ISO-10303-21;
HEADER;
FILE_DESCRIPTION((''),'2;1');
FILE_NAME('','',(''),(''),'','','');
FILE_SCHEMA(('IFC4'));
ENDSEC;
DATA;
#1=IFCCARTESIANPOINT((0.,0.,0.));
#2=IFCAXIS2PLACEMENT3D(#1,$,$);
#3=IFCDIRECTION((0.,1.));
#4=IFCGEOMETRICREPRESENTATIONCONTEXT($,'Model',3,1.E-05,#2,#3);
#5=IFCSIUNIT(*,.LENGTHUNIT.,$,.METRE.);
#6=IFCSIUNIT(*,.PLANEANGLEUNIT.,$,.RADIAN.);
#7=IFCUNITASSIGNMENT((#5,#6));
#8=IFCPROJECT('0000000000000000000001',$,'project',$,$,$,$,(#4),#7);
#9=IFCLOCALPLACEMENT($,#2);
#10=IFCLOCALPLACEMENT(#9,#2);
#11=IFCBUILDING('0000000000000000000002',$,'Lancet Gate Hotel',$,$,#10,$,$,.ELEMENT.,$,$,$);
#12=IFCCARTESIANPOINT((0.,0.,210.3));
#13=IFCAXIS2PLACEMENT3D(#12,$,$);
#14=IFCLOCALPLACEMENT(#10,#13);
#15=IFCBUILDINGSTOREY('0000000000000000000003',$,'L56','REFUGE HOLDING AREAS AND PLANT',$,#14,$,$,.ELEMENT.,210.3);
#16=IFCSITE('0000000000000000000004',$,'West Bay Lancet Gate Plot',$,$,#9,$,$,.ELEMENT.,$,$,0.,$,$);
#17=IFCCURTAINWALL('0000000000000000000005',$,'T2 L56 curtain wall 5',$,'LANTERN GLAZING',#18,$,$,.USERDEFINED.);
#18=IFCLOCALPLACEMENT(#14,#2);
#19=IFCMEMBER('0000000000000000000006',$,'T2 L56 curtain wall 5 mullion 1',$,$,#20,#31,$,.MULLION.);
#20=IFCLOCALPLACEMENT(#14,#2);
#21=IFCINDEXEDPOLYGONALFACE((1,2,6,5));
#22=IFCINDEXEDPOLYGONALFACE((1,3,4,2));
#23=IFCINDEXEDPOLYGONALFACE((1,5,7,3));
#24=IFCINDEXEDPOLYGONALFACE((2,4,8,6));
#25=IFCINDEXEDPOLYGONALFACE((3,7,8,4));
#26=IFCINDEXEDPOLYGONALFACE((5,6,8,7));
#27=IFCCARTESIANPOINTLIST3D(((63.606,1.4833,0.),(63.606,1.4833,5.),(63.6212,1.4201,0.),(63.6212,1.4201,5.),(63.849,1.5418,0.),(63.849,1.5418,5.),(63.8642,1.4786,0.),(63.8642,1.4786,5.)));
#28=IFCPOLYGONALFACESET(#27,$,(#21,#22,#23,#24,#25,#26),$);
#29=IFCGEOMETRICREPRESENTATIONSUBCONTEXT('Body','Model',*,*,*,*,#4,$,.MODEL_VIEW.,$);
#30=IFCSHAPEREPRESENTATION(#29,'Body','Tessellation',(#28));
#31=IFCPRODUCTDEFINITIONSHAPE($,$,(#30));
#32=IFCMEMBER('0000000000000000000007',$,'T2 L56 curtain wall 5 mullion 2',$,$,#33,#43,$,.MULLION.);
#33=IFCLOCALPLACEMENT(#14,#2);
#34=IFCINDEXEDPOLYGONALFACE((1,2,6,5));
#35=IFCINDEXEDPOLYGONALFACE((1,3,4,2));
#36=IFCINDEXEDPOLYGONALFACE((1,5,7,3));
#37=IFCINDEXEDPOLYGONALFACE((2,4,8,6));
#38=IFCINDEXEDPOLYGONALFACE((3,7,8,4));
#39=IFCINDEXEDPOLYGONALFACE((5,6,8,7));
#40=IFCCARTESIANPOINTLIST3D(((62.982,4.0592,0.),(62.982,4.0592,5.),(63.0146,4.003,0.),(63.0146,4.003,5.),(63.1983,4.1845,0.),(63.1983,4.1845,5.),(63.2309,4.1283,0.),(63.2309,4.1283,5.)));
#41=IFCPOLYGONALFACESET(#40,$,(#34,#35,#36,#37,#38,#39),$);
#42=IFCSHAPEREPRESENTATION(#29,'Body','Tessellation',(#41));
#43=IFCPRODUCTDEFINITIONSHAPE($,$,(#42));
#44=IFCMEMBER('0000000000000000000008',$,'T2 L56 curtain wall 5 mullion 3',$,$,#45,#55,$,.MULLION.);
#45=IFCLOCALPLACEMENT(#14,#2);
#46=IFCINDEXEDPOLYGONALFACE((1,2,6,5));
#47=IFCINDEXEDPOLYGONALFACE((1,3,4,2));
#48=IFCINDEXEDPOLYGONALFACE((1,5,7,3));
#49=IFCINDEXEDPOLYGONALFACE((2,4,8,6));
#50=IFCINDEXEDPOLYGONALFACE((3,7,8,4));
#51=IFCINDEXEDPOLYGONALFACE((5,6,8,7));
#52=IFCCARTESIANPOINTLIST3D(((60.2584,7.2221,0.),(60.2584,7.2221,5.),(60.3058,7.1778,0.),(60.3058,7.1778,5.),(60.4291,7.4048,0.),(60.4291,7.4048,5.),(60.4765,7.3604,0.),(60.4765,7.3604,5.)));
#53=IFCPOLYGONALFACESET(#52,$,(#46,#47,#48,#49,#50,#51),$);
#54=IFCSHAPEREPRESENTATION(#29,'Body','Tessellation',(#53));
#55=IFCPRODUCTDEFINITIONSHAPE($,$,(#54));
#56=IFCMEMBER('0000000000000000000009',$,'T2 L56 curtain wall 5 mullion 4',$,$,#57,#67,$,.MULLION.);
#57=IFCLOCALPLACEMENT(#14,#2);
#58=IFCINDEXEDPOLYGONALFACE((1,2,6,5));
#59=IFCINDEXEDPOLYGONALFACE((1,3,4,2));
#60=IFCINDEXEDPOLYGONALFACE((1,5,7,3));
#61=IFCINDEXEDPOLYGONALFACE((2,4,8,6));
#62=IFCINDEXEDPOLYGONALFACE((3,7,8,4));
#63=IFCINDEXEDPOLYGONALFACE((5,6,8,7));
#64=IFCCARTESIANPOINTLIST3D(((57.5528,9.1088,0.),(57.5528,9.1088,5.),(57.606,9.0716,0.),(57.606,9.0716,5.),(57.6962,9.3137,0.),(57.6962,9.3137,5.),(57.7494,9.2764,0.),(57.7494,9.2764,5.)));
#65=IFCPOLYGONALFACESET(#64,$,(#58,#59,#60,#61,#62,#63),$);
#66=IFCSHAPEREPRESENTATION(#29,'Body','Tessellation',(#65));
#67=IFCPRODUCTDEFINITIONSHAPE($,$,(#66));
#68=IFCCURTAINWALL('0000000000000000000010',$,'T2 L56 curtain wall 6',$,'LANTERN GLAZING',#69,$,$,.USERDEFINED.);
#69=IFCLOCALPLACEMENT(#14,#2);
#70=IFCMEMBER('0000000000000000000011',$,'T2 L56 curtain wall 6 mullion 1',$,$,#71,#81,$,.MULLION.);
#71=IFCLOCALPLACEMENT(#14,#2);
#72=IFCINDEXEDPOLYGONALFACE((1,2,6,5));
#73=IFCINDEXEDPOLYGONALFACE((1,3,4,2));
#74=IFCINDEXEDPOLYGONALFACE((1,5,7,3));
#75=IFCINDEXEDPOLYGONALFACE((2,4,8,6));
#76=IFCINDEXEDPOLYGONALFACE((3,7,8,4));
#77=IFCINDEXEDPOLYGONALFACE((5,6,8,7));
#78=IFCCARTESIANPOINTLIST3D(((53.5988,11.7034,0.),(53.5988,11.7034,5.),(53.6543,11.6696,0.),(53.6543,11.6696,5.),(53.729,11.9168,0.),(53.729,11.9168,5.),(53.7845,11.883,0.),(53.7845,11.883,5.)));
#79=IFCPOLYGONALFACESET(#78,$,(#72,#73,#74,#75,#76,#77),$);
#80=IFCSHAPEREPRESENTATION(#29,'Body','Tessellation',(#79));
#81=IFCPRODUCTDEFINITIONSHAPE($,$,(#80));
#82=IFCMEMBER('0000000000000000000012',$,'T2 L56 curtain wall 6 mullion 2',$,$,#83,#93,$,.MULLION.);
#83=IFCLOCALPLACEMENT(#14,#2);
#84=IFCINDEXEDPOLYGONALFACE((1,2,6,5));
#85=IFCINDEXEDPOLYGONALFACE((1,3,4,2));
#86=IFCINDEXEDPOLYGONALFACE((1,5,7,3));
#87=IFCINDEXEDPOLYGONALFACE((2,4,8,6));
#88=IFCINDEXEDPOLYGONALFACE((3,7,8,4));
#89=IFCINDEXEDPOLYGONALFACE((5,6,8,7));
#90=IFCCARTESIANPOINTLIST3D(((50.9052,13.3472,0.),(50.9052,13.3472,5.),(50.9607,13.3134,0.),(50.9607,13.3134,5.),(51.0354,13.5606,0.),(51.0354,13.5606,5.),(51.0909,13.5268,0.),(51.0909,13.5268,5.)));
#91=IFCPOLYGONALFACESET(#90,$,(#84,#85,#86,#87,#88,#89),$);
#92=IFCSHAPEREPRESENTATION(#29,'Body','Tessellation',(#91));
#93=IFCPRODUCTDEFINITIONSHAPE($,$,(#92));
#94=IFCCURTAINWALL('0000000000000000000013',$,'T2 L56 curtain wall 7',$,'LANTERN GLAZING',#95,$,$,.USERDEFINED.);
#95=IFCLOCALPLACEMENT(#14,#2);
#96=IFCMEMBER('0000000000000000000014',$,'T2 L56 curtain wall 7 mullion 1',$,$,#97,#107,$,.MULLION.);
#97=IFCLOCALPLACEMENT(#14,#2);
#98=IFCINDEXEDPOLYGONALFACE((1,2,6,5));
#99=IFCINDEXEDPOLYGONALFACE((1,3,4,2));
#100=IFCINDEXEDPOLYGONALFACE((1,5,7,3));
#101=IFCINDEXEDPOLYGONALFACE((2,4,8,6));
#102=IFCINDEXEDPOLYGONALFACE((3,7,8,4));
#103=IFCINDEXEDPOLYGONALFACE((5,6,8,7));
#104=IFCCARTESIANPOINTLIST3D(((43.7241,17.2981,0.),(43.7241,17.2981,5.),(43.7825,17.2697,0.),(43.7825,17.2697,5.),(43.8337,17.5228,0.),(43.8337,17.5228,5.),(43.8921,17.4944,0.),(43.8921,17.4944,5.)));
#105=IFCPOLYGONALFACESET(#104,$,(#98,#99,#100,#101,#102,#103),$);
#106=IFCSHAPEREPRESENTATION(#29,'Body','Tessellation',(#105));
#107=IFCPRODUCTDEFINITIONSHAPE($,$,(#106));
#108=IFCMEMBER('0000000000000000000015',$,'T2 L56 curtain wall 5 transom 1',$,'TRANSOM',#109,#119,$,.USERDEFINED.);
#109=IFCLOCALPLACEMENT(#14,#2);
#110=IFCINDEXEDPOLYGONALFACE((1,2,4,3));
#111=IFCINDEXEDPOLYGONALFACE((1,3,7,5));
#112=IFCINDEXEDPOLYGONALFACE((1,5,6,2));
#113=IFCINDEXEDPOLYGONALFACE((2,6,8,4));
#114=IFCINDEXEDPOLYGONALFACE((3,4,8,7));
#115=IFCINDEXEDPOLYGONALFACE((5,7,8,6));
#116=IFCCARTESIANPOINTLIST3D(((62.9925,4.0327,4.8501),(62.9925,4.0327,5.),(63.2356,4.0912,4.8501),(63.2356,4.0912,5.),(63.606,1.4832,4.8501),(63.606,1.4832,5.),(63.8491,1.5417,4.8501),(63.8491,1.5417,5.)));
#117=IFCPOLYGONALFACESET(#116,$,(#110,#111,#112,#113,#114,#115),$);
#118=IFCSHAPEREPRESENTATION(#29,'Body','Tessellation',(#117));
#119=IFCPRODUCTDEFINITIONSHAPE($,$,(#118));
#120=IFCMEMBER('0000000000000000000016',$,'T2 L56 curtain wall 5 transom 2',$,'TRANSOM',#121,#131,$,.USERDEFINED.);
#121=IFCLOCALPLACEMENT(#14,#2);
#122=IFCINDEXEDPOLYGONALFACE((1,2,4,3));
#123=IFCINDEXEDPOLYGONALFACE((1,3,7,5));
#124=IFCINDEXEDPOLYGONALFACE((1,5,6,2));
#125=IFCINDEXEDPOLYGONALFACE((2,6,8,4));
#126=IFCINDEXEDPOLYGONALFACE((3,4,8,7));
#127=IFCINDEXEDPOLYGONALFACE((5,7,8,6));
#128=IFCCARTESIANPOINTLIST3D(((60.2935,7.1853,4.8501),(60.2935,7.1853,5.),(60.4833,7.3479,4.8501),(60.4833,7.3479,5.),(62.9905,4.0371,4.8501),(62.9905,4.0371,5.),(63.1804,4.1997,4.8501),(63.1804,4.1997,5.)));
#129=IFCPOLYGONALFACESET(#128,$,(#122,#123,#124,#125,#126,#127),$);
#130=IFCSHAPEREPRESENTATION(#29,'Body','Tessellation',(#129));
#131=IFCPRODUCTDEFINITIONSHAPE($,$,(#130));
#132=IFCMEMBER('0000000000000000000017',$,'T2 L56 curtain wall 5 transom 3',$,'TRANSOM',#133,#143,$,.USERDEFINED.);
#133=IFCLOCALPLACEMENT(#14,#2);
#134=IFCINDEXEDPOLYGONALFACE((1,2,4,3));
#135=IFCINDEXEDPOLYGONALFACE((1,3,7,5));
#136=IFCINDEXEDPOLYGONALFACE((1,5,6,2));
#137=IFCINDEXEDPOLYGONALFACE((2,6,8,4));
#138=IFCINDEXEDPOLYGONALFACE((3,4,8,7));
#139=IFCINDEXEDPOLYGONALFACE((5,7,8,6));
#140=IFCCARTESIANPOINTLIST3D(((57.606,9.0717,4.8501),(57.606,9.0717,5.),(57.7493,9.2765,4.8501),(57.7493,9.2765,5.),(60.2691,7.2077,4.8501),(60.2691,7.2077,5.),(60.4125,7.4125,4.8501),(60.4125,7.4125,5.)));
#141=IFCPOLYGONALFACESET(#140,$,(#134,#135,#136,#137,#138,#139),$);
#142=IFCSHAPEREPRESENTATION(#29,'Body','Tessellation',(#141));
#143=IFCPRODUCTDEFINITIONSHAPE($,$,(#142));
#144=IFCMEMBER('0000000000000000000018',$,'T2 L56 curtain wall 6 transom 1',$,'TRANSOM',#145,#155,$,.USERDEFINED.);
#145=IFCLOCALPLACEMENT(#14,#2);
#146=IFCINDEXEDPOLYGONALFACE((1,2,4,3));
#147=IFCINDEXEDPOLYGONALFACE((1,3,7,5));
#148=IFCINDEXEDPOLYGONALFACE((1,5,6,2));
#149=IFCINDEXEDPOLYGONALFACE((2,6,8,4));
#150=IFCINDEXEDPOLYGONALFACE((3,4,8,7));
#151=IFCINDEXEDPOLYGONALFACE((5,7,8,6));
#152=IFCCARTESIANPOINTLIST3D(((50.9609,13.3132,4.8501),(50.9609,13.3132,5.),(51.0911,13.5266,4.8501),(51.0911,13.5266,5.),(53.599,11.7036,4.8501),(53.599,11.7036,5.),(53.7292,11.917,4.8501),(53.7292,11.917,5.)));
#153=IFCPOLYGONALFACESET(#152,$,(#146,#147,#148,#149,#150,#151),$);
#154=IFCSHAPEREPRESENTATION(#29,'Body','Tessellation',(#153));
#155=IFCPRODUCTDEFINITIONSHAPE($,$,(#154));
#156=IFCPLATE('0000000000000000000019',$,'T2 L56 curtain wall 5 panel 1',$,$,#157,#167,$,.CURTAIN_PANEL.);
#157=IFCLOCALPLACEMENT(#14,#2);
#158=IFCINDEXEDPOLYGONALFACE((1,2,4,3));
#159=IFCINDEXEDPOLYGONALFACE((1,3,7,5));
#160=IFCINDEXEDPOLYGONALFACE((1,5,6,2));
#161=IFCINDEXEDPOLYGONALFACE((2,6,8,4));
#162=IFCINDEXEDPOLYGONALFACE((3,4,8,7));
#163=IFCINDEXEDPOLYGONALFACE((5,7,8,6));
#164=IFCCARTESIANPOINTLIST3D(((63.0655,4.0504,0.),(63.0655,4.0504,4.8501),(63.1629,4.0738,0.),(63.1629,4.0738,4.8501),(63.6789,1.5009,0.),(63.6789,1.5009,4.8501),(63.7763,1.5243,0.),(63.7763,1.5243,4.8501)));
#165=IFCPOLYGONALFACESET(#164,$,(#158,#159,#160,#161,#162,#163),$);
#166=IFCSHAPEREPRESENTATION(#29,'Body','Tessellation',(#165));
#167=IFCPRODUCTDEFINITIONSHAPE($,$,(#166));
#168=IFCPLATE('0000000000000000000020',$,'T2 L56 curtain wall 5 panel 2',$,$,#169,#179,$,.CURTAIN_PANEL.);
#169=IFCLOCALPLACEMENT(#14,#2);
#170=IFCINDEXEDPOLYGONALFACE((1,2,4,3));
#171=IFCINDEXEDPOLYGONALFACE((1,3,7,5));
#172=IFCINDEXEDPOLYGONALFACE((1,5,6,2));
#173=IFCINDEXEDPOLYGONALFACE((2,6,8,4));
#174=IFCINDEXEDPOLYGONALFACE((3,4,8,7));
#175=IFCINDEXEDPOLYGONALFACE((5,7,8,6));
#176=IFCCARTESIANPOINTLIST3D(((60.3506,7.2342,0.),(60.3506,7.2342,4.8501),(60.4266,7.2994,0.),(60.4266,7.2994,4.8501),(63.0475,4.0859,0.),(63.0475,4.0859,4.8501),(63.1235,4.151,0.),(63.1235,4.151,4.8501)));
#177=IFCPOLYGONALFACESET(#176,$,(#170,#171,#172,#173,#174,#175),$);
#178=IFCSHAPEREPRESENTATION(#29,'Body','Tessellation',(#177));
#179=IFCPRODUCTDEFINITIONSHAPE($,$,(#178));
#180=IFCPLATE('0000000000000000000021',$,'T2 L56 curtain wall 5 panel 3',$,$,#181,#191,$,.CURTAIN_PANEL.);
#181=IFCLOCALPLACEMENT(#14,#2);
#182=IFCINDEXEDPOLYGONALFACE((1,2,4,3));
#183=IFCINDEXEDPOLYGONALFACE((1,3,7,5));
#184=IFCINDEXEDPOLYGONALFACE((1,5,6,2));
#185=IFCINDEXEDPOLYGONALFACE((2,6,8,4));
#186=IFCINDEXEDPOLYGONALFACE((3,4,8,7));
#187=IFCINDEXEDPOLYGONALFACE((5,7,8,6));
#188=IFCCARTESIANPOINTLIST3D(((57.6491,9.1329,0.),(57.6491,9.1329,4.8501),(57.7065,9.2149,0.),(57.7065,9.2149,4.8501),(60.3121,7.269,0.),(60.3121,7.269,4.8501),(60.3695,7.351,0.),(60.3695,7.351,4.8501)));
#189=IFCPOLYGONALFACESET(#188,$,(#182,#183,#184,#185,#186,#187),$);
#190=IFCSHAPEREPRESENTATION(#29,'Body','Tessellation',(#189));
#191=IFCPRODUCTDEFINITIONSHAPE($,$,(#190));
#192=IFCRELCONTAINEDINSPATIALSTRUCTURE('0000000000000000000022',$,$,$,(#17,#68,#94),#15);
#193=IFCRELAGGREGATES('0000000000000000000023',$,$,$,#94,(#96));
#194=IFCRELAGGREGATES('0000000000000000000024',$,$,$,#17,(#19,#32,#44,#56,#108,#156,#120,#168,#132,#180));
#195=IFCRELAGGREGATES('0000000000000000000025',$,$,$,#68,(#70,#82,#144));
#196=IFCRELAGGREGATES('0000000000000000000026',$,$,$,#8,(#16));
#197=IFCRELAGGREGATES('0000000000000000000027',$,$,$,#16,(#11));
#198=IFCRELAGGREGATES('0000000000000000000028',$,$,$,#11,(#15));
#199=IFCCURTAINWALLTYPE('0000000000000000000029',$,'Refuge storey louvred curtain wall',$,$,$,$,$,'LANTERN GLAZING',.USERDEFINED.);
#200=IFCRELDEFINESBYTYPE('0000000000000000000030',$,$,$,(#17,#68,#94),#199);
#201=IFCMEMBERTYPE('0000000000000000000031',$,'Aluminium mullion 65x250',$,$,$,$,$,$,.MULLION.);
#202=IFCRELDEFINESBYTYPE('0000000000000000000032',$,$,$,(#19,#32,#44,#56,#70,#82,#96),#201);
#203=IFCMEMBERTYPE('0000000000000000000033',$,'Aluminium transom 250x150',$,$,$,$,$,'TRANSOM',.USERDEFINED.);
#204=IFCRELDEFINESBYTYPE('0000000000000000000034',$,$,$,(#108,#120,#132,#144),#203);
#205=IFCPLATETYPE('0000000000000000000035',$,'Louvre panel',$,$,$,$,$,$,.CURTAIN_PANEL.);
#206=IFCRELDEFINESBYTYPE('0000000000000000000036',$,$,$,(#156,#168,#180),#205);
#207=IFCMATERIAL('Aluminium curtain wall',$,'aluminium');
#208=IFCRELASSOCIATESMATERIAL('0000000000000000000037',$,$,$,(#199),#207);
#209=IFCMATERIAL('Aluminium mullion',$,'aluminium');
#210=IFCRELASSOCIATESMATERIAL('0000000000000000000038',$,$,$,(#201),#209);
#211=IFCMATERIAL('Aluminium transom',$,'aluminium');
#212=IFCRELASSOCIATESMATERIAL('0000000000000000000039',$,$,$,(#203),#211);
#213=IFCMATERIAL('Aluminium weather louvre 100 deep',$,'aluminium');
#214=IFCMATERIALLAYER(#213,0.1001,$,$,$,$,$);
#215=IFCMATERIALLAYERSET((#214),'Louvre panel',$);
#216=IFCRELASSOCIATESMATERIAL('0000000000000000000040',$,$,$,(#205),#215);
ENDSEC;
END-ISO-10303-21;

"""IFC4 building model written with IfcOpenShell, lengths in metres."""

from ifc_helpers import new_model, si_unit, direction, frame, origin, origin_2d, place, context, subcontext, project, spatial, rectangle, extrude, material, layer, layer_set, material_profile, profile_set, type_object, element, aggregate, save


model = new_model("IFC4")

# Units and contexts
model_context = context("Model", 3, precision=1e-05, world=origin(), true_north=direction((0.0, 1.0)))
body_context = subcontext(model_context, "Body", "Model", "MODEL_VIEW")
ifc_project = project(units=[si_unit("LENGTHUNIT", "METRE"), si_unit("PLANEANGLEUNIT", "RADIAN")], contexts=[model_context])

# Site, building, storey
site_placement = place(None, origin())
site = spatial("IfcSite", under=ifc_project, at=site_placement, Name="West Bay Lancet Gate Plot", CompositionType="ELEMENT", RefElevation=0.0)
building_placement = place(site_placement, origin())
building = spatial("IfcBuilding", under=site, at=building_placement, Name="Lancet Gate Hotel", CompositionType="ELEMENT")
storey_placement = place(building_placement, frame((0.0, 0.0, 210.3)))
storey = spatial("IfcBuildingStorey", under=building, at=storey_placement, Name="L56", Description="REFUGE HOLDING AREAS AND PLANT", CompositionType="ELEMENT", Elevation=210.3)

# Curtain walls, members
ifc_material_1 = material(Name="Aluminium curtain wall", Category="aluminium")
curtain_wall_type = type_object("IfcCurtainWallType", Name="Refuge storey louvred curtain wall", ElementType="LANTERN GLAZING", PredefinedType="USERDEFINED", material=ifc_material_1)
curtain_wall_1_placement = place(storey_placement, origin())
curtain_wall_1 = element("IfcCurtainWall", 1, at=curtain_wall_1_placement, inside=storey, type_object=curtain_wall_type, Name="T2 L56 curtain wall 5", ObjectType="LANTERN GLAZING", PredefinedType="USERDEFINED")
ifc_material_2 = material(Name="Aluminium mullion", Category="aluminium")
ifc_material_profile_1 = material_profile(ifc_material_2, rectangle(XDim=0.0649, YDim=0.25, at=origin_2d()), Name="MULLION 65x250")
ifc_profile_set_1 = profile_set([ifc_material_profile_1], Name="Aluminium mullion")
member_type_1 = type_object("IfcMemberType", Name="Aluminium mullion 65x250", PredefinedType="MULLION", material=ifc_profile_set_1)
member_1_placement = place(storey_placement, frame((63.7351, 1.481, 0.0), z_axis=(0.0, 0.0, 1.0), x_axis=(-0.233916, 0.972257, 0.0)))
member_1 = element("IfcMember", 2, at=member_1_placement, type_object=member_type_1, Name="T2 L56 curtain wall 5 mullion 1", PredefinedType="MULLION", context=body_context, shape_type="SweptSolid", body=[
    extrude(rectangle(XDim=0.0649, YDim=0.25, at=origin_2d()), origin(), (0.0, 0.0, 1.0), 5.0),
])
member_2_placement = place(storey_placement, frame((63.1064, 4.0938, 0.0), z_axis=(0.0, 0.0, 1.0), x_axis=(-0.501456, 0.865183, 0.0)))
member_2 = element("IfcMember", 3, at=member_2_placement, type_object=member_type_1, Name="T2 L56 curtain wall 5 mullion 2", PredefinedType="MULLION", context=body_context, shape_type="SweptSolid", body=[
    extrude(rectangle(XDim=0.0649, YDim=0.25, at=origin_2d()), origin(), (0.0, 0.0, 1.0), 5.0),
])
member_3_placement = place(storey_placement, frame((60.3674, 7.2913, 0.0), z_axis=(0.0, 0.0, 1.0), x_axis=(-0.730573, 0.682834, 0.0)))
member_3 = element("IfcMember", 4, at=member_3_placement, type_object=member_type_1, Name="T2 L56 curtain wall 5 mullion 3", PredefinedType="MULLION", context=body_context, shape_type="SweptSolid", body=[
    extrude(rectangle(XDim=0.0649, YDim=0.25, at=origin_2d()), origin(), (0.0, 0.0, 1.0), 5.0),
])
member_4_placement = place(storey_placement, frame((57.6511, 9.1926, 0.0), z_axis=(0.0, 0.0, 1.0), x_axis=(-0.819255, 0.573429, 0.0)))
member_4 = element("IfcMember", 5, at=member_4_placement, type_object=member_type_1, Name="T2 L56 curtain wall 5 mullion 4", PredefinedType="MULLION", context=body_context, shape_type="SweptSolid", body=[
    extrude(rectangle(XDim=0.0649, YDim=0.25, at=origin_2d()), origin(), (0.0, 0.0, 1.0), 5.0),
])
curtain_wall_2_placement = place(storey_placement, origin())
curtain_wall_2 = element("IfcCurtainWall", 6, at=curtain_wall_2_placement, inside=storey, type_object=curtain_wall_type, Name="T2 L56 curtain wall 6", ObjectType="LANTERN GLAZING", PredefinedType="USERDEFINED")
member_5_placement = place(storey_placement, frame((53.6917, 11.7932, 0.0), z_axis=(0.0, 0.0, 1.0), x_axis=(-0.853621, 0.520895, 0.0)))
member_5 = element("IfcMember", 7, at=member_5_placement, type_object=member_type_1, Name="T2 L56 curtain wall 6 mullion 1", PredefinedType="MULLION", context=body_context, shape_type="SweptSolid", body=[
    extrude(rectangle(XDim=0.0649, YDim=0.25, at=origin_2d()), origin(), (0.0, 0.0, 1.0), 5.0),
])
member_6_placement = place(storey_placement, frame((50.998, 13.437, 0.0), z_axis=(0.0, 0.0, 1.0), x_axis=(-0.853621, 0.520895, 0.0)))
member_6 = element("IfcMember", 8, at=member_6_placement, type_object=member_type_1, Name="T2 L56 curtain wall 6 mullion 2", PredefinedType="MULLION", context=body_context, shape_type="SweptSolid", body=[
    extrude(rectangle(XDim=0.0649, YDim=0.25, at=origin_2d()), origin(), (0.0, 0.0, 1.0), 5.0),
])

# Curtain wall, member
curtain_wall_3_placement = place(storey_placement, origin())
curtain_wall_3 = element("IfcCurtainWall", 9, at=curtain_wall_3_placement, inside=storey, type_object=curtain_wall_type, Name="T2 L56 curtain wall 7", ObjectType="LANTERN GLAZING", PredefinedType="USERDEFINED")
member_7_placement = place(storey_placement, frame((43.8081, 17.3962, 0.0), z_axis=(0.0, 0.0, 1.0), x_axis=(-0.898823, 0.438311, 0.0)))
member_7 = element("IfcMember", 10, at=member_7_placement, type_object=member_type_1, Name="T2 L56 curtain wall 7 mullion 1", PredefinedType="MULLION", context=body_context, shape_type="SweptSolid", body=[
    extrude(rectangle(XDim=0.0649, YDim=0.25, at=origin_2d()), origin(), (0.0, 0.0, 1.0), 5.0),
])
aggregate(curtain_wall_3, [member_7])

# Members
ifc_material_3 = material(Name="Aluminium transom", Category="aluminium")
ifc_material_profile_2 = material_profile(ifc_material_3, rectangle(XDim=0.25, YDim=0.1499, at=origin_2d()), Name="TRANSOM 250x150")
ifc_profile_set_2 = profile_set([ifc_material_profile_2], Name="Aluminium transom")
member_type_2 = type_object("IfcMemberType", Name="Aluminium transom 250x150", ElementType="TRANSOM", PredefinedType="USERDEFINED", material=ifc_profile_set_2)
member_8_placement = place(storey_placement, frame((63.7275, 1.5125, 4.925), z_axis=(-0.233961, 0.972246, 0.0), x_axis=(-0.972246, -0.233961, 0.0)))
member_8 = element("IfcMember", 11, at=member_8_placement, type_object=member_type_2, Name="T2 L56 curtain wall 5 transom 1", ObjectType="TRANSOM", PredefinedType="USERDEFINED", context=body_context, shape_type="SweptSolid", body=[
    extrude(rectangle(XDim=0.25, YDim=0.1499, at=origin_2d()), origin(), (0.0, 0.0, 1.0), 2.6223),
])
member_9_placement = place(storey_placement, frame((63.0854, 4.1184, 4.925), z_axis=(-0.650593, 0.759427, 0.0), x_axis=(-0.759427, -0.650593, 0.0)))
member_9 = element("IfcMember", 12, at=member_9_placement, type_object=member_type_2, Name="T2 L56 curtain wall 5 transom 2", ObjectType="TRANSOM", PredefinedType="USERDEFINED", context=body_context, shape_type="SweptSolid", body=[
    extrude(rectangle(XDim=0.25, YDim=0.1499, at=origin_2d()), origin(), (0.0, 0.0, 1.0), 4.1455),
])
member_10_placement = place(storey_placement, frame((60.3408, 7.3101, 4.925), z_axis=(-0.819253, 0.573432, 0.0), x_axis=(-0.573432, -0.819253, 0.0)))
member_10 = element("IfcMember", 13, at=member_10_placement, type_object=member_type_2, Name="T2 L56 curtain wall 5 transom 3", ObjectType="TRANSOM", PredefinedType="USERDEFINED", context=body_context, shape_type="SweptSolid", body=[
    extrude(rectangle(XDim=0.25, YDim=0.1499, at=origin_2d()), origin(), (0.0, 0.0, 1.0), 3.2507),
])
member_11_placement = place(storey_placement, frame((53.6641, 11.8103, 4.925), z_axis=(-0.853657, 0.520836, 0.0), x_axis=(-0.520836, -0.853657, 0.0)))
member_11 = element("IfcMember", 14, at=member_11_placement, type_object=member_type_2, Name="T2 L56 curtain wall 6 transom 1", ObjectType="TRANSOM", PredefinedType="USERDEFINED", context=body_context, shape_type="SweptSolid", body=[
    extrude(rectangle(XDim=0.25, YDim=0.1499, at=origin_2d()), origin(), (0.0, 0.0, 1.0), 3.0903),
])

# Plates
ifc_material_4 = material(Name="Aluminium weather louvre 100 deep", Category="aluminium")
ifc_layer_1 = layer(ifc_material_4, 0.1001)
ifc_layer_set_1 = layer_set([ifc_layer_1], Name="Louvre panel")
plate_type = type_object("IfcPlateType", Name="Louvre panel", PredefinedType="CURTAIN_PANEL", material=ifc_layer_set_1)
plate_1_placement = place(storey_placement, frame((63.4209, 2.7874, 0.0), z_axis=(0.0, 0.0, 1.0), x_axis=(-0.233916, 0.972257, 0.0)))
plate_1 = element("IfcPlate", 15, at=plate_1_placement, type_object=plate_type, Name="T2 L56 curtain wall 5 panel 1", PredefinedType="CURTAIN_PANEL", context=body_context, shape_type="SweptSolid", body=[
    extrude(rectangle(XDim=2.6223, YDim=0.1001, at=origin_2d()), origin(), (0.0, 0.0, 1.0), 4.8501),
])
plate_2_placement = place(storey_placement, frame((61.7371, 5.6926, 0.0), z_axis=(0.0, 0.0, 1.0), x_axis=(-0.650552, 0.759462, 0.0)))
plate_2 = element("IfcPlate", 16, at=plate_2_placement, type_object=plate_type, Name="T2 L56 curtain wall 5 panel 2", PredefinedType="CURTAIN_PANEL", context=body_context, shape_type="SweptSolid", body=[
    extrude(rectangle(XDim=4.1455, YDim=0.1001, at=origin_2d()), origin(), (0.0, 0.0, 1.0), 4.8501),
])
plate_3_placement = place(storey_placement, frame((59.0093, 8.2419, 0.0), z_axis=(0.0, 0.0, 1.0), x_axis=(-0.819255, 0.573429, 0.0)))
plate_3 = element("IfcPlate", 17, at=plate_3_placement, type_object=plate_type, Name="T2 L56 curtain wall 5 panel 3", PredefinedType="CURTAIN_PANEL", context=body_context, shape_type="SweptSolid", body=[
    extrude(rectangle(XDim=3.2505, YDim=0.1001, at=origin_2d()), origin(), (0.0, 0.0, 1.0), 4.8501),
])
aggregate(curtain_wall_1, [member_1, member_2, member_3, member_4, member_8, plate_1, member_9, plate_2, member_10, plate_3])
aggregate(curtain_wall_2, [member_5, member_6, member_11])

save(model, "model.ifc")
